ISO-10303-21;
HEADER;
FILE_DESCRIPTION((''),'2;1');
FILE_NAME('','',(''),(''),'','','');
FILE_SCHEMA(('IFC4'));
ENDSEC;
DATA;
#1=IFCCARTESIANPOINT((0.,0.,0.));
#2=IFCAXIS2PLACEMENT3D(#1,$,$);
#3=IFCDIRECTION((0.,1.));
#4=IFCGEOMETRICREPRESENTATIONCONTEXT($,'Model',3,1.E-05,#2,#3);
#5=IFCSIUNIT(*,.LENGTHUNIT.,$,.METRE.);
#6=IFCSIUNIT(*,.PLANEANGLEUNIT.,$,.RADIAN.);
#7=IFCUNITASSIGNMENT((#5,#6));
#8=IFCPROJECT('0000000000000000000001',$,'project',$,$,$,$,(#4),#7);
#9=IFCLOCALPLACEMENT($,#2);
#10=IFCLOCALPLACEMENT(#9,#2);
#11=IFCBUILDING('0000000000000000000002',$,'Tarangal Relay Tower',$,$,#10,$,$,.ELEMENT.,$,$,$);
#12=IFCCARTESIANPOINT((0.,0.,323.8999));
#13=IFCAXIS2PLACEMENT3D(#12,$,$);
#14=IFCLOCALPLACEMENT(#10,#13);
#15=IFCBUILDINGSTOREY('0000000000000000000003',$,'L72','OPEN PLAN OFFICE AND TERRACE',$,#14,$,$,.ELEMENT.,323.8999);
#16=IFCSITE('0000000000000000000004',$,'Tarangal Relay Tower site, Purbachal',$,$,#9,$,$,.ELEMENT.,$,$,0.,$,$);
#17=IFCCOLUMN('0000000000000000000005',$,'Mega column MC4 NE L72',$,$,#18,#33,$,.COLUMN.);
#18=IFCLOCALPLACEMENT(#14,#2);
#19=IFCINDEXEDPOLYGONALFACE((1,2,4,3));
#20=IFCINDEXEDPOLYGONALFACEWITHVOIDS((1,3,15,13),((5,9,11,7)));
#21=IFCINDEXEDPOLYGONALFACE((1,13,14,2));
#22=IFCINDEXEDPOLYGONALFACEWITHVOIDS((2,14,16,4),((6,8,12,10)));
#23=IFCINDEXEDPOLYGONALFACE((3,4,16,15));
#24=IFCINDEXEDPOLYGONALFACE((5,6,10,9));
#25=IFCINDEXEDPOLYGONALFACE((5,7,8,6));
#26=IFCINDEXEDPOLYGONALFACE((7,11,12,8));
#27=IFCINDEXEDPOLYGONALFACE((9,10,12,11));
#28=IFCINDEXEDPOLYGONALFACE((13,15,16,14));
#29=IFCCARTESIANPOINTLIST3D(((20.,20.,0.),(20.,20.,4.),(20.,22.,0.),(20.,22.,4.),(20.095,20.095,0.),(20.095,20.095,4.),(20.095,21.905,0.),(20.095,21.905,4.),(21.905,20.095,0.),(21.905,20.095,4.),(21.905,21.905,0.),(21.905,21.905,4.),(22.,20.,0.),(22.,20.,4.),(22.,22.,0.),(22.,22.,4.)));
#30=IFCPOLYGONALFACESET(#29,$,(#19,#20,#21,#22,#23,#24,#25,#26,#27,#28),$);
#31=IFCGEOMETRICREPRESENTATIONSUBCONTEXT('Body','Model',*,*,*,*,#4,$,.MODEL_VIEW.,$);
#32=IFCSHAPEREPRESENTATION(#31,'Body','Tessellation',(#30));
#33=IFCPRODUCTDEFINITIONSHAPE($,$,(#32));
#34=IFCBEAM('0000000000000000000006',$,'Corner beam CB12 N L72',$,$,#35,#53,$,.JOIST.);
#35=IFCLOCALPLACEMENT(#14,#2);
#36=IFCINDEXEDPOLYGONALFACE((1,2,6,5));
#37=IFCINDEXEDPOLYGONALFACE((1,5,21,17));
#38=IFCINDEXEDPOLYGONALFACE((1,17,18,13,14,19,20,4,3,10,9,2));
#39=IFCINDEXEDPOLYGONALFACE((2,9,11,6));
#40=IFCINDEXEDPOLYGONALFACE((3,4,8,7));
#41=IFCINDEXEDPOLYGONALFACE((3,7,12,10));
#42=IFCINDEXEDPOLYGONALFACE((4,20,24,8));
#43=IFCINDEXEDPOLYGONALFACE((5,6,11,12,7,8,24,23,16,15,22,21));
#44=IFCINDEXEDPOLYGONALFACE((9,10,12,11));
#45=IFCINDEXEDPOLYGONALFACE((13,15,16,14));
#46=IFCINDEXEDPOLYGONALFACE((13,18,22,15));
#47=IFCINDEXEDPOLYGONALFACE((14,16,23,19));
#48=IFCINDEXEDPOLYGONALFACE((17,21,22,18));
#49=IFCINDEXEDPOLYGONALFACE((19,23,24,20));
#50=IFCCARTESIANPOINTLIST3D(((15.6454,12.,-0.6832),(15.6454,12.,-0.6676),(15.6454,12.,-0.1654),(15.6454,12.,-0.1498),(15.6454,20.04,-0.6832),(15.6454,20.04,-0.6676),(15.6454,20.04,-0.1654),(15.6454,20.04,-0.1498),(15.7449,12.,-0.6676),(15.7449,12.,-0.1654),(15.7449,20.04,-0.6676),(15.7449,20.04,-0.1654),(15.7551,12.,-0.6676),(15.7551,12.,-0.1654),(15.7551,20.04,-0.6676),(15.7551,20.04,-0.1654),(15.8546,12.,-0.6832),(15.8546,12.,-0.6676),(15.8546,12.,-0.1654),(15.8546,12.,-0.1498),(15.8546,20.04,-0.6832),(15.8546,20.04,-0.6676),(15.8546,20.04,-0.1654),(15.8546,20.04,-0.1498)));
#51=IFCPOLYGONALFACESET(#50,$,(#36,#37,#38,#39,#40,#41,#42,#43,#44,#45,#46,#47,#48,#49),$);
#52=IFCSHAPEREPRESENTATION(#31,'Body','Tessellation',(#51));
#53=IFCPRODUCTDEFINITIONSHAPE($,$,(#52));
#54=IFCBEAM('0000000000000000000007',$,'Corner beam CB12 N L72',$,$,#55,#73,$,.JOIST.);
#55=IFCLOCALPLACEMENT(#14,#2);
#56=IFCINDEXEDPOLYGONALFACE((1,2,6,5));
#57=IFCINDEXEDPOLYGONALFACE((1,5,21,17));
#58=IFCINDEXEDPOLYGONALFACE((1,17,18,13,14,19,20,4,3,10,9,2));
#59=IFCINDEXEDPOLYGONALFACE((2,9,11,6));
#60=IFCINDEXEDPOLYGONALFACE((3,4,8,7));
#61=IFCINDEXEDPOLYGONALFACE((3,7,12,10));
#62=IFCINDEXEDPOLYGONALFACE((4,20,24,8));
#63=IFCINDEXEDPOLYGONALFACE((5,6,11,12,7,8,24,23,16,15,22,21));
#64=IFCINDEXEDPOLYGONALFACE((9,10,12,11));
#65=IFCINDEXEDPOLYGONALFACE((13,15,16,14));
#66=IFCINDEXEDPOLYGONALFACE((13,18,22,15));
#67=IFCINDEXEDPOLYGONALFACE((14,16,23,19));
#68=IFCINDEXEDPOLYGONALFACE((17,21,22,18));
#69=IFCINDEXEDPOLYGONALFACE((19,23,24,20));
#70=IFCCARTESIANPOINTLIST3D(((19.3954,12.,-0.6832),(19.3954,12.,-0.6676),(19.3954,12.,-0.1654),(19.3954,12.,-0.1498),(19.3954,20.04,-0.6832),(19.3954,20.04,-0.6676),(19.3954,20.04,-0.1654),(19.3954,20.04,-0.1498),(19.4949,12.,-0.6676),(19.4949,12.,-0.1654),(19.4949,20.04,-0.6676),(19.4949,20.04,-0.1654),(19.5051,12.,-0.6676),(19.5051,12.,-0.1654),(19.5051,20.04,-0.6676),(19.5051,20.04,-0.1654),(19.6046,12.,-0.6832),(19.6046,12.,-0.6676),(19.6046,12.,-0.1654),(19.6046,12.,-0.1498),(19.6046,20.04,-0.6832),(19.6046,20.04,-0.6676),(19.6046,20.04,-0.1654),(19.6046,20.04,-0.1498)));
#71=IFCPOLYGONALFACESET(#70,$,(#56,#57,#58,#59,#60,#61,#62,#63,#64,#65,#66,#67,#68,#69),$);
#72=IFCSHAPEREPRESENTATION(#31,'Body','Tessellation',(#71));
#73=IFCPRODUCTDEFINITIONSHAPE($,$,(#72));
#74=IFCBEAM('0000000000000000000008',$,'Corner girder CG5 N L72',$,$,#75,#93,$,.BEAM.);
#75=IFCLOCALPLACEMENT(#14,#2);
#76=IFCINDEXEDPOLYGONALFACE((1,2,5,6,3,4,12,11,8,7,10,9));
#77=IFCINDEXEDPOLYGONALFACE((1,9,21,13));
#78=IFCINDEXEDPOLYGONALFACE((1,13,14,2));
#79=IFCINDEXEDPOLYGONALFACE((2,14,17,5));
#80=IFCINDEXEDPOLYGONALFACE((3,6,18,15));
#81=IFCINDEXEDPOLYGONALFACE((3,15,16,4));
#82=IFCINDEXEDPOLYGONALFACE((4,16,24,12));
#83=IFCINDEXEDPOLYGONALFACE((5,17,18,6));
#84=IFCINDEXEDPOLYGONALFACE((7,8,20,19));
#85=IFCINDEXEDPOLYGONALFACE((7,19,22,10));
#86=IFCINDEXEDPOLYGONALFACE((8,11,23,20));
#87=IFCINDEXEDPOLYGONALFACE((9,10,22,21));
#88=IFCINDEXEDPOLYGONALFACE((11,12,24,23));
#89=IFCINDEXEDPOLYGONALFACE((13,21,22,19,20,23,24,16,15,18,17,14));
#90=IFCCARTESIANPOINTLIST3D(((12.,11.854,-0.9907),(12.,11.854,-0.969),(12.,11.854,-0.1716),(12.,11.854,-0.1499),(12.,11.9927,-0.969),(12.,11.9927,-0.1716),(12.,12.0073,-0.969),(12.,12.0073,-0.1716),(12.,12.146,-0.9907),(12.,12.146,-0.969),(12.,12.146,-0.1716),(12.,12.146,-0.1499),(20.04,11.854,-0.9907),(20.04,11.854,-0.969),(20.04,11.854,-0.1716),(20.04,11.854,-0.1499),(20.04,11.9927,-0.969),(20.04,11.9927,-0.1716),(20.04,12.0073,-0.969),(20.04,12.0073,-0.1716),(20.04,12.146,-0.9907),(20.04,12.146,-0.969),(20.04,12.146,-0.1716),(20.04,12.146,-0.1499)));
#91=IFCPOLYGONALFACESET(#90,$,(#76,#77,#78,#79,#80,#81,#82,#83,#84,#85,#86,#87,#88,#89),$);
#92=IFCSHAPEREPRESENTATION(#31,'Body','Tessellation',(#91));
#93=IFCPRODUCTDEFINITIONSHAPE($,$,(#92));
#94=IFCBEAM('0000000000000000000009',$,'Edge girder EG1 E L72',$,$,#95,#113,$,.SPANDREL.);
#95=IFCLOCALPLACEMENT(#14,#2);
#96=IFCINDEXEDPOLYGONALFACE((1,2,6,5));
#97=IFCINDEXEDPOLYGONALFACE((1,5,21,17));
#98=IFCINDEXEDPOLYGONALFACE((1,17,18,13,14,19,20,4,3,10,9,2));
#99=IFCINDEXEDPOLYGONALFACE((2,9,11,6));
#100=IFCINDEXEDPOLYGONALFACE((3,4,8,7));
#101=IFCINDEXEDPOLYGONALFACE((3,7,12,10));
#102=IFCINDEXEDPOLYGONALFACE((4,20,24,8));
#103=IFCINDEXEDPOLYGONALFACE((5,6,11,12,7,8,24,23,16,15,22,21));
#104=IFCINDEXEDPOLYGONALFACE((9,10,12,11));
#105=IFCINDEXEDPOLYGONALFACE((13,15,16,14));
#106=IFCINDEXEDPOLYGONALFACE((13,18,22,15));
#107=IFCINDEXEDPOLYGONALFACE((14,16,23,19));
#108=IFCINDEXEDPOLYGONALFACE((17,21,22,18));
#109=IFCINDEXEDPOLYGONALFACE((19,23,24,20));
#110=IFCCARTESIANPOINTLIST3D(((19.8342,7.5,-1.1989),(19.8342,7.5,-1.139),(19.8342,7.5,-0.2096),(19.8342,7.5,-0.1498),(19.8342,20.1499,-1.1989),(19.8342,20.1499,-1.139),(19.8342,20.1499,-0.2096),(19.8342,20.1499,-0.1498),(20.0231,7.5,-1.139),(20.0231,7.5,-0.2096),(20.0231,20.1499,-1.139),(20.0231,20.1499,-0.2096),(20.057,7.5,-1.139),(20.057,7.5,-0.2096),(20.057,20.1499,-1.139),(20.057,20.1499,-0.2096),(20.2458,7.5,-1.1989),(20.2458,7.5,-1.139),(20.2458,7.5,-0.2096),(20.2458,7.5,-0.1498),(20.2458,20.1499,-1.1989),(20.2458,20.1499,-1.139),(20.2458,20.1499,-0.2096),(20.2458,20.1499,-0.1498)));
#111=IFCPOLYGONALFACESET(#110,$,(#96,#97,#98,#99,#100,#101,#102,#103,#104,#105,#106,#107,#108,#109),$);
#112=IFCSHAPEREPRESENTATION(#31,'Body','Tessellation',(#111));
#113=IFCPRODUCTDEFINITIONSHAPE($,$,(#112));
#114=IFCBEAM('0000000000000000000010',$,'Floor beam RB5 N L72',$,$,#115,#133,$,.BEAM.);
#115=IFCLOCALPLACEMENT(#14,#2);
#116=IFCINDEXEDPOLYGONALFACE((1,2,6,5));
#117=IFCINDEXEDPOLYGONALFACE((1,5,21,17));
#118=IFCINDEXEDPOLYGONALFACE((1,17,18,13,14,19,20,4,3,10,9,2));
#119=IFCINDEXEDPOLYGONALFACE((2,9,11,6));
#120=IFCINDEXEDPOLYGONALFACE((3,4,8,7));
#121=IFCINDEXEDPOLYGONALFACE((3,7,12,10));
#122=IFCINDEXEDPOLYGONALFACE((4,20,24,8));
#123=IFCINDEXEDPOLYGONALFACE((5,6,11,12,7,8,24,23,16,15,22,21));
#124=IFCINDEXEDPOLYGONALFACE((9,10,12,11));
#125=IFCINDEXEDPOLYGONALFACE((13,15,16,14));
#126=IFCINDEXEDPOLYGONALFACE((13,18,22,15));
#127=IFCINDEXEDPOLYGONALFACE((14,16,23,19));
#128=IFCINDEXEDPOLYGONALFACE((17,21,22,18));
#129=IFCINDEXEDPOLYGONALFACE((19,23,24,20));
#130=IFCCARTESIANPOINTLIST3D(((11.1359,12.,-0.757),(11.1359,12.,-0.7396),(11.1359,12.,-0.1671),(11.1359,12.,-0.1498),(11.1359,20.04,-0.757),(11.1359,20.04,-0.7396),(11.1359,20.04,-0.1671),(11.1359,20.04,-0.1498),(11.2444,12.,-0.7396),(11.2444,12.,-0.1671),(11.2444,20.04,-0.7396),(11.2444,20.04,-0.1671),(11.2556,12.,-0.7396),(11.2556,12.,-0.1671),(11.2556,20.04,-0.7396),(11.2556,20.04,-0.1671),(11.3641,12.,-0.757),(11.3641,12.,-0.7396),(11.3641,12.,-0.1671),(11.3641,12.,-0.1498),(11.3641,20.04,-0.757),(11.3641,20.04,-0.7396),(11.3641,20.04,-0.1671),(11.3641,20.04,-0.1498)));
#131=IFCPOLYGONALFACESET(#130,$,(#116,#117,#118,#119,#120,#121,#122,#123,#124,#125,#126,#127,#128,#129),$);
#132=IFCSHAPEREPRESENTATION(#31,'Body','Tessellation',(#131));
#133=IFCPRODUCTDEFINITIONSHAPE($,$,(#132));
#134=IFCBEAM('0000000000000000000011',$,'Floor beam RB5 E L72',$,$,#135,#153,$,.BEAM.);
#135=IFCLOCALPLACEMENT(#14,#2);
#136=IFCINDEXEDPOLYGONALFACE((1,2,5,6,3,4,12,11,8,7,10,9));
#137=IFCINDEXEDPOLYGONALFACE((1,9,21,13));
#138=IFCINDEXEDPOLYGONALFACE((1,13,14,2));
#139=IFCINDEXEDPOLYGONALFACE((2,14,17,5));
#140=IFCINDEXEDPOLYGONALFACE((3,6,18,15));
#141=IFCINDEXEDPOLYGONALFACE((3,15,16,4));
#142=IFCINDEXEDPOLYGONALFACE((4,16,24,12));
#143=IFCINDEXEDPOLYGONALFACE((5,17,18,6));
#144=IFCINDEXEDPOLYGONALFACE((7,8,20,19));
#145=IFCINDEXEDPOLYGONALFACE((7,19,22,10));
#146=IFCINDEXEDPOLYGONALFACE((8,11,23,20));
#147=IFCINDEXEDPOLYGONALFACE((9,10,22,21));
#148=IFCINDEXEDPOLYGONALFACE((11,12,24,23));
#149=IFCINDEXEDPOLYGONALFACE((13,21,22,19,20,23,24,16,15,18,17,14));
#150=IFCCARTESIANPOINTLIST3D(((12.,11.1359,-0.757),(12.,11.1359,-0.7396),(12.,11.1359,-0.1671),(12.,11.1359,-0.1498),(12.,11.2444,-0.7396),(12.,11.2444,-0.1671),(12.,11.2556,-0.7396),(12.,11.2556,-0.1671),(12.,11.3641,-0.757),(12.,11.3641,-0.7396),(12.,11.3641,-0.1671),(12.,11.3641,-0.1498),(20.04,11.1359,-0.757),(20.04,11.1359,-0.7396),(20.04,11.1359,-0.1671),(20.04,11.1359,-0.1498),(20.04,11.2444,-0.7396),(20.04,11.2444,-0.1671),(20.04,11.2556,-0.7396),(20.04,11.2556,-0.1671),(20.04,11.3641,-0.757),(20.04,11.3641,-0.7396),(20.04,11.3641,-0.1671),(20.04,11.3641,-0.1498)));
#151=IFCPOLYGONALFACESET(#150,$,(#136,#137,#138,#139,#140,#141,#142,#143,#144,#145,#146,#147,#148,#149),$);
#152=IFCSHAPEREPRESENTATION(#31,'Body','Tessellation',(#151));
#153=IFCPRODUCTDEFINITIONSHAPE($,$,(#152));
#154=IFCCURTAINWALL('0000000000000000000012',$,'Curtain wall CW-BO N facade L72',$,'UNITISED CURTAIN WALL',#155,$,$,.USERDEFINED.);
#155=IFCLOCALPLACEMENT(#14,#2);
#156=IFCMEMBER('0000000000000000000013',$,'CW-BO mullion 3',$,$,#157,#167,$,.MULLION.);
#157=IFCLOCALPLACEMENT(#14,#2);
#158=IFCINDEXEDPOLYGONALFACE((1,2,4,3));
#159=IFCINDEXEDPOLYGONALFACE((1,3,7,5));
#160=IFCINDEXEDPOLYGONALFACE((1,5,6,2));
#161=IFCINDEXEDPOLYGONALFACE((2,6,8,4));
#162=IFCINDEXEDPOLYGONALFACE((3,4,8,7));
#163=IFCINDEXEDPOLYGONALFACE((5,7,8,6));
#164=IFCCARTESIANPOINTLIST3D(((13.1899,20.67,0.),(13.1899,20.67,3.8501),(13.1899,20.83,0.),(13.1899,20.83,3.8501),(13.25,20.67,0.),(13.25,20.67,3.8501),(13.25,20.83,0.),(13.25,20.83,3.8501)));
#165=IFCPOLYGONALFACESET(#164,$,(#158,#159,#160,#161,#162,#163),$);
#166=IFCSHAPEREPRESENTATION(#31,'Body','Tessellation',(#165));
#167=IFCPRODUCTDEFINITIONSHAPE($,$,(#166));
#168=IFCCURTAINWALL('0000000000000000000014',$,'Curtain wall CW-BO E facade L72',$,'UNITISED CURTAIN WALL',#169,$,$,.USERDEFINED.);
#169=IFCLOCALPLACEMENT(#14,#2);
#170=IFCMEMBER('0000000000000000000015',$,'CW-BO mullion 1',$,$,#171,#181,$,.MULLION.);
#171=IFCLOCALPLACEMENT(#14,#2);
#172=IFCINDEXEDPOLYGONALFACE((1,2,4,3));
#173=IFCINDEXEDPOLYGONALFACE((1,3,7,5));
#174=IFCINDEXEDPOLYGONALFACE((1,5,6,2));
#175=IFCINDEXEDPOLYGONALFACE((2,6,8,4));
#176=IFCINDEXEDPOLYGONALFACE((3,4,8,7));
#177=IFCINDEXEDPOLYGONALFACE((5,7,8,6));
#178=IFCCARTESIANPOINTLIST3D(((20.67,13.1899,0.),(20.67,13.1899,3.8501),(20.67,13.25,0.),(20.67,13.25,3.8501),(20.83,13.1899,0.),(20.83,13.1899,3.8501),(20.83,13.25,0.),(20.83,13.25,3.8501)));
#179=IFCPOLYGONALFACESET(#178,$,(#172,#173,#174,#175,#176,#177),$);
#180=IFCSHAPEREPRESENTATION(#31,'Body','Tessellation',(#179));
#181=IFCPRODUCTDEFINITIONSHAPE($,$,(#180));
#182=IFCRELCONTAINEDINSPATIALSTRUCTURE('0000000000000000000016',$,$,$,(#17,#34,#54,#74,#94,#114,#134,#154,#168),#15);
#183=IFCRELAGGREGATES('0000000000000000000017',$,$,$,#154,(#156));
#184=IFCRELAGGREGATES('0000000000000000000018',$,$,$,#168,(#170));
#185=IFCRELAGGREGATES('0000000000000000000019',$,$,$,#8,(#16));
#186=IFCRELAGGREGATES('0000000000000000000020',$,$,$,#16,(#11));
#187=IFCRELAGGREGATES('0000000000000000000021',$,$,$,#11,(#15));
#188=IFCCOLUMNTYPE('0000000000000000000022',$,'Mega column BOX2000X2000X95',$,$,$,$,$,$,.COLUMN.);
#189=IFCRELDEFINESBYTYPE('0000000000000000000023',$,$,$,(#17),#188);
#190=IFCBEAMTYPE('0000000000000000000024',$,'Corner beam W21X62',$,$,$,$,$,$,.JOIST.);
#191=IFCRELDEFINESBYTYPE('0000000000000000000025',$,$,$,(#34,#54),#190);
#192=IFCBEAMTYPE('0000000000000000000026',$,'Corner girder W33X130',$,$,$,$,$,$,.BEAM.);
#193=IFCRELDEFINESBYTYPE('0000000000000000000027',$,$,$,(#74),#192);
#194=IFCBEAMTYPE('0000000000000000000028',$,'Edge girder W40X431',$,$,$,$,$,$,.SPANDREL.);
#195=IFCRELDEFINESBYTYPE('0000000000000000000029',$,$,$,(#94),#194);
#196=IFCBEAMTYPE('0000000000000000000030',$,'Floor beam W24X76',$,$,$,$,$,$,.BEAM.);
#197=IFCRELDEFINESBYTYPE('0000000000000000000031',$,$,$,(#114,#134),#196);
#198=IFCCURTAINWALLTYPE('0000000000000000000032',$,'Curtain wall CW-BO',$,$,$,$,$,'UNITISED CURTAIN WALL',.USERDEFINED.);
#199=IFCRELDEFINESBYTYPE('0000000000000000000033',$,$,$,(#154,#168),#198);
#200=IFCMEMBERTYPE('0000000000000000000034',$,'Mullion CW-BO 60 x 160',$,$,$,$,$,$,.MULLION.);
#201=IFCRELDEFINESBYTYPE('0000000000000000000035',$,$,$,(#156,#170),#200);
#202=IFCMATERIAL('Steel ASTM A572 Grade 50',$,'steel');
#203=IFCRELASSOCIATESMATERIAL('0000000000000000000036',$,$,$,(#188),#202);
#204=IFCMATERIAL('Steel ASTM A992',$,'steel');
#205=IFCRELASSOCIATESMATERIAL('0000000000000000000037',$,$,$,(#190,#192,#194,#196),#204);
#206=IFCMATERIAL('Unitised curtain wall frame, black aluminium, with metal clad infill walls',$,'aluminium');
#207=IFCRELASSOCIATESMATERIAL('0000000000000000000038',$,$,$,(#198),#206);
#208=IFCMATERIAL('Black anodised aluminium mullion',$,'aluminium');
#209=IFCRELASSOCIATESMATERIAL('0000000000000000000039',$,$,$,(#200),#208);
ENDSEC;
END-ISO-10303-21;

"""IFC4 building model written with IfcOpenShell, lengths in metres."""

from ifc_helpers import new_model, si_unit, direction, frame, origin, origin_2d, place, context, subcontext, project, spatial, rectangle, hollow_rectangle, i_section, extrude, material, material_profile, profile_set, type_object, element, aggregate, save


model = new_model("IFC4")

# Units and contexts
model_context = context("Model", 3, precision=1e-05, world=origin(), true_north=direction((0.0, 1.0)))
body_context = subcontext(model_context, "Body", "Model", "MODEL_VIEW")
ifc_project = project(units=[si_unit("LENGTHUNIT", "METRE"), si_unit("PLANEANGLEUNIT", "RADIAN")], contexts=[model_context])

# Site, building, storey
site_placement = place(None, origin())
site = spatial("IfcSite", under=ifc_project, at=site_placement, Name="Tarangal Relay Tower site, Purbachal", CompositionType="ELEMENT", RefElevation=0.0)
building_placement = place(site_placement, origin())
building = spatial("IfcBuilding", under=site, at=building_placement, Name="Tarangal Relay Tower", CompositionType="ELEMENT")
storey_placement = place(building_placement, frame((0.0, 0.0, 323.8999)))
storey = spatial("IfcBuildingStorey", under=building, at=storey_placement, Name="L72", Description="OPEN PLAN OFFICE AND TERRACE", CompositionType="ELEMENT", Elevation=323.8999)

# Column
ifc_material_1 = material(Name="Steel ASTM A572 Grade 50", Category="steel")
ifc_material_profile_1 = material_profile(ifc_material_1, hollow_rectangle(XDim=2.0, YDim=2.0, WallThickness=0.095, at=origin_2d()), Name="BOX2000X2000X95")
ifc_profile_set_1 = profile_set([ifc_material_profile_1], Name="Steel ASTM A572 Grade 50")
column_type = type_object("IfcColumnType", Name="Mega column BOX2000X2000X95", PredefinedType="COLUMN", material=ifc_profile_set_1)
column_placement = place(storey_placement, frame((21.0, 21.0, 0.0), z_axis=(0.0, 0.0, 1.0), x_axis=(1.0, 0.0, 0.0)))
element("IfcColumn", 1, at=column_placement, inside=storey, type_object=column_type, Name="Mega column MC4 NE L72", PredefinedType="COLUMN", context=body_context, shape_type="SweptSolid", body=[
    extrude(hollow_rectangle(XDim=2.0, YDim=2.0, WallThickness=0.095, at=origin_2d()), origin(), (0.0, 0.0, 1.0), 4.0),
])

# Beams
ifc_material_2 = material(Name="Steel ASTM A992", Category="steel")
ifc_material_profile_2 = material_profile(ifc_material_2, i_section(OverallWidth=0.2092, OverallDepth=0.5334, WebThickness=0.0103, FlangeThickness=0.0156, at=origin_2d()), Name="W21X62")
ifc_profile_set_2 = profile_set([ifc_material_profile_2], Name="Steel ASTM A992")
beam_type_1 = type_object("IfcBeamType", Name="Corner beam W21X62", PredefinedType="JOIST", material=ifc_profile_set_2)
for number, where, z_axis, x_axis, name in (
    (2, (15.75, 12.0, -0.4165), (0.0, 1.0, 0.0), (-1.0, 0.0, 0.0), "Corner beam CB12 N L72"),
    (3, (19.5, 12.0, -0.4165), (0.0, 1.0, 0.0), (-1.0, 0.0, 0.0), "Corner beam CB12 N L72"),
):
    element("IfcBeam", number, at=place(storey_placement, frame(where, z_axis=z_axis, x_axis=x_axis)), inside=storey, type_object=beam_type_1, Name=name, PredefinedType="JOIST", context=body_context, shape_type="SweptSolid", body=[
        extrude(i_section(OverallWidth=0.2092, OverallDepth=0.5334, WebThickness=0.0103, FlangeThickness=0.0156, at=origin_2d()), origin(), (0.0, 0.0, 1.0), 8.04),
    ])
ifc_material_profile_3 = material_profile(ifc_material_2, i_section(OverallWidth=0.292, OverallDepth=0.8408, WebThickness=0.0146, FlangeThickness=0.0217, at=origin_2d()), Name="W33X130")
ifc_profile_set_3 = profile_set([ifc_material_profile_3], Name="Steel ASTM A992")
beam_type_2 = type_object("IfcBeamType", Name="Corner girder W33X130", PredefinedType="BEAM", material=ifc_profile_set_3)
beam_1_placement = place(storey_placement, frame((12.0, 12.0, -0.5703), z_axis=(1.0, 0.0, 0.0), x_axis=(0.0, 1.0, 0.0)))
element("IfcBeam", 4, at=beam_1_placement, inside=storey, type_object=beam_type_2, Name="Corner girder CG5 N L72", PredefinedType="BEAM", context=body_context, shape_type="SweptSolid", body=[
    extrude(i_section(OverallWidth=0.292, OverallDepth=0.8408, WebThickness=0.0146, FlangeThickness=0.0217, at=origin_2d()), origin(), (0.0, 0.0, 1.0), 8.04),
])
ifc_material_profile_4 = material_profile(ifc_material_2, i_section(OverallWidth=0.4116, OverallDepth=1.0491, WebThickness=0.0339, FlangeThickness=0.0598, at=origin_2d()), Name="W40X431")
ifc_profile_set_4 = profile_set([ifc_material_profile_4], Name="Steel ASTM A992")
beam_type_3 = type_object("IfcBeamType", Name="Edge girder W40X431", PredefinedType="SPANDREL", material=ifc_profile_set_4)
beam_2_placement = place(storey_placement, frame((20.04, 20.1499, -0.6743), z_axis=(0.0, -1.0, 0.0), x_axis=(1.0, 0.0, 0.0)))
element("IfcBeam", 5, at=beam_2_placement, inside=storey, type_object=beam_type_3, Name="Edge girder EG1 E L72", PredefinedType="SPANDREL", context=body_context, shape_type="SweptSolid", body=[
    extrude(i_section(OverallWidth=0.4116, OverallDepth=1.0491, WebThickness=0.0339, FlangeThickness=0.0598, at=origin_2d()), origin(), (0.0, 0.0, 1.0), 12.6499),
])
ifc_material_profile_5 = material_profile(ifc_material_2, i_section(OverallWidth=0.2283, OverallDepth=0.6072, WebThickness=0.0112, FlangeThickness=0.0173, at=origin_2d()), Name="W24X76")
ifc_profile_set_5 = profile_set([ifc_material_profile_5], Name="Steel ASTM A992")
beam_type_4 = type_object("IfcBeamType", Name="Floor beam W24X76", PredefinedType="BEAM", material=ifc_profile_set_5)
for number, where, z_axis, x_axis, name in (
    (6, (11.25, 12.0, -0.4534), (0.0, 1.0, 0.0), (-1.0, 0.0, 0.0), "Floor beam RB5 N L72"),
    (7, (12.0, 11.25, -0.4534), (1.0, 0.0, 0.0), (0.0, 1.0, 0.0), "Floor beam RB5 E L72"),
):
    element("IfcBeam", number, at=place(storey_placement, frame(where, z_axis=z_axis, x_axis=x_axis)), inside=storey, type_object=beam_type_4, Name=name, PredefinedType="BEAM", context=body_context, shape_type="SweptSolid", body=[
        extrude(i_section(OverallWidth=0.2283, OverallDepth=0.6072, WebThickness=0.0112, FlangeThickness=0.0173, at=origin_2d()), origin(), (0.0, 0.0, 1.0), 8.04),
    ])

# Curtain wall, member
ifc_material_3 = material(Name="Unitised curtain wall frame, black aluminium, with metal clad infill walls", Category="aluminium")
curtain_wall_type = type_object("IfcCurtainWallType", Name="Curtain wall CW-BO", ElementType="UNITISED CURTAIN WALL", PredefinedType="USERDEFINED", material=ifc_material_3)
curtain_wall_1_placement = place(storey_placement, origin())
curtain_wall_1 = element("IfcCurtainWall", 8, at=curtain_wall_1_placement, inside=storey, type_object=curtain_wall_type, Name="Curtain wall CW-BO N facade L72", ObjectType="UNITISED CURTAIN WALL", PredefinedType="USERDEFINED")
ifc_material_4 = material(Name="Black anodised aluminium mullion", Category="aluminium")
ifc_material_profile_6 = material_profile(ifc_material_4, rectangle(XDim=0.1599, YDim=0.0601, at=origin_2d()), Name="CW-BOM 60X160")
ifc_profile_set_6 = profile_set([ifc_material_profile_6], Name="Black anodised aluminium mullion")
member_type_1 = type_object("IfcMemberType", Name="Mullion CW-BO 60 x 160", PredefinedType="MULLION", material=ifc_profile_set_6)
member_1_placement = place(storey_placement, frame((13.22, 20.75, 0.0), z_axis=(0.0, 0.0, 1.0), x_axis=(0.0, 1.0, 0.0)))
member_1 = element("IfcMember", 9, at=member_1_placement, type_object=member_type_1, Name="CW-BO mullion 3", PredefinedType="MULLION", context=body_context, shape_type="SweptSolid", body=[
    extrude(rectangle(XDim=0.1599, YDim=0.0601, at=origin_2d()), origin(), (0.0, 0.0, 1.0), 3.8501),
])

# Curtain wall, member
curtain_wall_2_placement = place(storey_placement, origin())
curtain_wall_2 = element("IfcCurtainWall", 10, at=curtain_wall_2_placement, inside=storey, type_object=curtain_wall_type, Name="Curtain wall CW-BO E facade L72", ObjectType="UNITISED CURTAIN WALL", PredefinedType="USERDEFINED")
member_2_placement = place(storey_placement, frame((20.75, 13.22, 0.0), z_axis=(0.0, 0.0, 1.0), x_axis=(1.0, 0.0, 0.0)))
member_2 = element("IfcMember", 11, at=member_2_placement, type_object=member_type_1, Name="CW-BO mullion 1", PredefinedType="MULLION", context=body_context, shape_type="SweptSolid", body=[
    extrude(rectangle(XDim=0.1599, YDim=0.0601, at=origin_2d()), origin(), (0.0, 0.0, 1.0), 3.8501),
])

aggregate(curtain_wall_1, [member_1])
aggregate(curtain_wall_2, [member_2])

save(model, "model.ifc")
